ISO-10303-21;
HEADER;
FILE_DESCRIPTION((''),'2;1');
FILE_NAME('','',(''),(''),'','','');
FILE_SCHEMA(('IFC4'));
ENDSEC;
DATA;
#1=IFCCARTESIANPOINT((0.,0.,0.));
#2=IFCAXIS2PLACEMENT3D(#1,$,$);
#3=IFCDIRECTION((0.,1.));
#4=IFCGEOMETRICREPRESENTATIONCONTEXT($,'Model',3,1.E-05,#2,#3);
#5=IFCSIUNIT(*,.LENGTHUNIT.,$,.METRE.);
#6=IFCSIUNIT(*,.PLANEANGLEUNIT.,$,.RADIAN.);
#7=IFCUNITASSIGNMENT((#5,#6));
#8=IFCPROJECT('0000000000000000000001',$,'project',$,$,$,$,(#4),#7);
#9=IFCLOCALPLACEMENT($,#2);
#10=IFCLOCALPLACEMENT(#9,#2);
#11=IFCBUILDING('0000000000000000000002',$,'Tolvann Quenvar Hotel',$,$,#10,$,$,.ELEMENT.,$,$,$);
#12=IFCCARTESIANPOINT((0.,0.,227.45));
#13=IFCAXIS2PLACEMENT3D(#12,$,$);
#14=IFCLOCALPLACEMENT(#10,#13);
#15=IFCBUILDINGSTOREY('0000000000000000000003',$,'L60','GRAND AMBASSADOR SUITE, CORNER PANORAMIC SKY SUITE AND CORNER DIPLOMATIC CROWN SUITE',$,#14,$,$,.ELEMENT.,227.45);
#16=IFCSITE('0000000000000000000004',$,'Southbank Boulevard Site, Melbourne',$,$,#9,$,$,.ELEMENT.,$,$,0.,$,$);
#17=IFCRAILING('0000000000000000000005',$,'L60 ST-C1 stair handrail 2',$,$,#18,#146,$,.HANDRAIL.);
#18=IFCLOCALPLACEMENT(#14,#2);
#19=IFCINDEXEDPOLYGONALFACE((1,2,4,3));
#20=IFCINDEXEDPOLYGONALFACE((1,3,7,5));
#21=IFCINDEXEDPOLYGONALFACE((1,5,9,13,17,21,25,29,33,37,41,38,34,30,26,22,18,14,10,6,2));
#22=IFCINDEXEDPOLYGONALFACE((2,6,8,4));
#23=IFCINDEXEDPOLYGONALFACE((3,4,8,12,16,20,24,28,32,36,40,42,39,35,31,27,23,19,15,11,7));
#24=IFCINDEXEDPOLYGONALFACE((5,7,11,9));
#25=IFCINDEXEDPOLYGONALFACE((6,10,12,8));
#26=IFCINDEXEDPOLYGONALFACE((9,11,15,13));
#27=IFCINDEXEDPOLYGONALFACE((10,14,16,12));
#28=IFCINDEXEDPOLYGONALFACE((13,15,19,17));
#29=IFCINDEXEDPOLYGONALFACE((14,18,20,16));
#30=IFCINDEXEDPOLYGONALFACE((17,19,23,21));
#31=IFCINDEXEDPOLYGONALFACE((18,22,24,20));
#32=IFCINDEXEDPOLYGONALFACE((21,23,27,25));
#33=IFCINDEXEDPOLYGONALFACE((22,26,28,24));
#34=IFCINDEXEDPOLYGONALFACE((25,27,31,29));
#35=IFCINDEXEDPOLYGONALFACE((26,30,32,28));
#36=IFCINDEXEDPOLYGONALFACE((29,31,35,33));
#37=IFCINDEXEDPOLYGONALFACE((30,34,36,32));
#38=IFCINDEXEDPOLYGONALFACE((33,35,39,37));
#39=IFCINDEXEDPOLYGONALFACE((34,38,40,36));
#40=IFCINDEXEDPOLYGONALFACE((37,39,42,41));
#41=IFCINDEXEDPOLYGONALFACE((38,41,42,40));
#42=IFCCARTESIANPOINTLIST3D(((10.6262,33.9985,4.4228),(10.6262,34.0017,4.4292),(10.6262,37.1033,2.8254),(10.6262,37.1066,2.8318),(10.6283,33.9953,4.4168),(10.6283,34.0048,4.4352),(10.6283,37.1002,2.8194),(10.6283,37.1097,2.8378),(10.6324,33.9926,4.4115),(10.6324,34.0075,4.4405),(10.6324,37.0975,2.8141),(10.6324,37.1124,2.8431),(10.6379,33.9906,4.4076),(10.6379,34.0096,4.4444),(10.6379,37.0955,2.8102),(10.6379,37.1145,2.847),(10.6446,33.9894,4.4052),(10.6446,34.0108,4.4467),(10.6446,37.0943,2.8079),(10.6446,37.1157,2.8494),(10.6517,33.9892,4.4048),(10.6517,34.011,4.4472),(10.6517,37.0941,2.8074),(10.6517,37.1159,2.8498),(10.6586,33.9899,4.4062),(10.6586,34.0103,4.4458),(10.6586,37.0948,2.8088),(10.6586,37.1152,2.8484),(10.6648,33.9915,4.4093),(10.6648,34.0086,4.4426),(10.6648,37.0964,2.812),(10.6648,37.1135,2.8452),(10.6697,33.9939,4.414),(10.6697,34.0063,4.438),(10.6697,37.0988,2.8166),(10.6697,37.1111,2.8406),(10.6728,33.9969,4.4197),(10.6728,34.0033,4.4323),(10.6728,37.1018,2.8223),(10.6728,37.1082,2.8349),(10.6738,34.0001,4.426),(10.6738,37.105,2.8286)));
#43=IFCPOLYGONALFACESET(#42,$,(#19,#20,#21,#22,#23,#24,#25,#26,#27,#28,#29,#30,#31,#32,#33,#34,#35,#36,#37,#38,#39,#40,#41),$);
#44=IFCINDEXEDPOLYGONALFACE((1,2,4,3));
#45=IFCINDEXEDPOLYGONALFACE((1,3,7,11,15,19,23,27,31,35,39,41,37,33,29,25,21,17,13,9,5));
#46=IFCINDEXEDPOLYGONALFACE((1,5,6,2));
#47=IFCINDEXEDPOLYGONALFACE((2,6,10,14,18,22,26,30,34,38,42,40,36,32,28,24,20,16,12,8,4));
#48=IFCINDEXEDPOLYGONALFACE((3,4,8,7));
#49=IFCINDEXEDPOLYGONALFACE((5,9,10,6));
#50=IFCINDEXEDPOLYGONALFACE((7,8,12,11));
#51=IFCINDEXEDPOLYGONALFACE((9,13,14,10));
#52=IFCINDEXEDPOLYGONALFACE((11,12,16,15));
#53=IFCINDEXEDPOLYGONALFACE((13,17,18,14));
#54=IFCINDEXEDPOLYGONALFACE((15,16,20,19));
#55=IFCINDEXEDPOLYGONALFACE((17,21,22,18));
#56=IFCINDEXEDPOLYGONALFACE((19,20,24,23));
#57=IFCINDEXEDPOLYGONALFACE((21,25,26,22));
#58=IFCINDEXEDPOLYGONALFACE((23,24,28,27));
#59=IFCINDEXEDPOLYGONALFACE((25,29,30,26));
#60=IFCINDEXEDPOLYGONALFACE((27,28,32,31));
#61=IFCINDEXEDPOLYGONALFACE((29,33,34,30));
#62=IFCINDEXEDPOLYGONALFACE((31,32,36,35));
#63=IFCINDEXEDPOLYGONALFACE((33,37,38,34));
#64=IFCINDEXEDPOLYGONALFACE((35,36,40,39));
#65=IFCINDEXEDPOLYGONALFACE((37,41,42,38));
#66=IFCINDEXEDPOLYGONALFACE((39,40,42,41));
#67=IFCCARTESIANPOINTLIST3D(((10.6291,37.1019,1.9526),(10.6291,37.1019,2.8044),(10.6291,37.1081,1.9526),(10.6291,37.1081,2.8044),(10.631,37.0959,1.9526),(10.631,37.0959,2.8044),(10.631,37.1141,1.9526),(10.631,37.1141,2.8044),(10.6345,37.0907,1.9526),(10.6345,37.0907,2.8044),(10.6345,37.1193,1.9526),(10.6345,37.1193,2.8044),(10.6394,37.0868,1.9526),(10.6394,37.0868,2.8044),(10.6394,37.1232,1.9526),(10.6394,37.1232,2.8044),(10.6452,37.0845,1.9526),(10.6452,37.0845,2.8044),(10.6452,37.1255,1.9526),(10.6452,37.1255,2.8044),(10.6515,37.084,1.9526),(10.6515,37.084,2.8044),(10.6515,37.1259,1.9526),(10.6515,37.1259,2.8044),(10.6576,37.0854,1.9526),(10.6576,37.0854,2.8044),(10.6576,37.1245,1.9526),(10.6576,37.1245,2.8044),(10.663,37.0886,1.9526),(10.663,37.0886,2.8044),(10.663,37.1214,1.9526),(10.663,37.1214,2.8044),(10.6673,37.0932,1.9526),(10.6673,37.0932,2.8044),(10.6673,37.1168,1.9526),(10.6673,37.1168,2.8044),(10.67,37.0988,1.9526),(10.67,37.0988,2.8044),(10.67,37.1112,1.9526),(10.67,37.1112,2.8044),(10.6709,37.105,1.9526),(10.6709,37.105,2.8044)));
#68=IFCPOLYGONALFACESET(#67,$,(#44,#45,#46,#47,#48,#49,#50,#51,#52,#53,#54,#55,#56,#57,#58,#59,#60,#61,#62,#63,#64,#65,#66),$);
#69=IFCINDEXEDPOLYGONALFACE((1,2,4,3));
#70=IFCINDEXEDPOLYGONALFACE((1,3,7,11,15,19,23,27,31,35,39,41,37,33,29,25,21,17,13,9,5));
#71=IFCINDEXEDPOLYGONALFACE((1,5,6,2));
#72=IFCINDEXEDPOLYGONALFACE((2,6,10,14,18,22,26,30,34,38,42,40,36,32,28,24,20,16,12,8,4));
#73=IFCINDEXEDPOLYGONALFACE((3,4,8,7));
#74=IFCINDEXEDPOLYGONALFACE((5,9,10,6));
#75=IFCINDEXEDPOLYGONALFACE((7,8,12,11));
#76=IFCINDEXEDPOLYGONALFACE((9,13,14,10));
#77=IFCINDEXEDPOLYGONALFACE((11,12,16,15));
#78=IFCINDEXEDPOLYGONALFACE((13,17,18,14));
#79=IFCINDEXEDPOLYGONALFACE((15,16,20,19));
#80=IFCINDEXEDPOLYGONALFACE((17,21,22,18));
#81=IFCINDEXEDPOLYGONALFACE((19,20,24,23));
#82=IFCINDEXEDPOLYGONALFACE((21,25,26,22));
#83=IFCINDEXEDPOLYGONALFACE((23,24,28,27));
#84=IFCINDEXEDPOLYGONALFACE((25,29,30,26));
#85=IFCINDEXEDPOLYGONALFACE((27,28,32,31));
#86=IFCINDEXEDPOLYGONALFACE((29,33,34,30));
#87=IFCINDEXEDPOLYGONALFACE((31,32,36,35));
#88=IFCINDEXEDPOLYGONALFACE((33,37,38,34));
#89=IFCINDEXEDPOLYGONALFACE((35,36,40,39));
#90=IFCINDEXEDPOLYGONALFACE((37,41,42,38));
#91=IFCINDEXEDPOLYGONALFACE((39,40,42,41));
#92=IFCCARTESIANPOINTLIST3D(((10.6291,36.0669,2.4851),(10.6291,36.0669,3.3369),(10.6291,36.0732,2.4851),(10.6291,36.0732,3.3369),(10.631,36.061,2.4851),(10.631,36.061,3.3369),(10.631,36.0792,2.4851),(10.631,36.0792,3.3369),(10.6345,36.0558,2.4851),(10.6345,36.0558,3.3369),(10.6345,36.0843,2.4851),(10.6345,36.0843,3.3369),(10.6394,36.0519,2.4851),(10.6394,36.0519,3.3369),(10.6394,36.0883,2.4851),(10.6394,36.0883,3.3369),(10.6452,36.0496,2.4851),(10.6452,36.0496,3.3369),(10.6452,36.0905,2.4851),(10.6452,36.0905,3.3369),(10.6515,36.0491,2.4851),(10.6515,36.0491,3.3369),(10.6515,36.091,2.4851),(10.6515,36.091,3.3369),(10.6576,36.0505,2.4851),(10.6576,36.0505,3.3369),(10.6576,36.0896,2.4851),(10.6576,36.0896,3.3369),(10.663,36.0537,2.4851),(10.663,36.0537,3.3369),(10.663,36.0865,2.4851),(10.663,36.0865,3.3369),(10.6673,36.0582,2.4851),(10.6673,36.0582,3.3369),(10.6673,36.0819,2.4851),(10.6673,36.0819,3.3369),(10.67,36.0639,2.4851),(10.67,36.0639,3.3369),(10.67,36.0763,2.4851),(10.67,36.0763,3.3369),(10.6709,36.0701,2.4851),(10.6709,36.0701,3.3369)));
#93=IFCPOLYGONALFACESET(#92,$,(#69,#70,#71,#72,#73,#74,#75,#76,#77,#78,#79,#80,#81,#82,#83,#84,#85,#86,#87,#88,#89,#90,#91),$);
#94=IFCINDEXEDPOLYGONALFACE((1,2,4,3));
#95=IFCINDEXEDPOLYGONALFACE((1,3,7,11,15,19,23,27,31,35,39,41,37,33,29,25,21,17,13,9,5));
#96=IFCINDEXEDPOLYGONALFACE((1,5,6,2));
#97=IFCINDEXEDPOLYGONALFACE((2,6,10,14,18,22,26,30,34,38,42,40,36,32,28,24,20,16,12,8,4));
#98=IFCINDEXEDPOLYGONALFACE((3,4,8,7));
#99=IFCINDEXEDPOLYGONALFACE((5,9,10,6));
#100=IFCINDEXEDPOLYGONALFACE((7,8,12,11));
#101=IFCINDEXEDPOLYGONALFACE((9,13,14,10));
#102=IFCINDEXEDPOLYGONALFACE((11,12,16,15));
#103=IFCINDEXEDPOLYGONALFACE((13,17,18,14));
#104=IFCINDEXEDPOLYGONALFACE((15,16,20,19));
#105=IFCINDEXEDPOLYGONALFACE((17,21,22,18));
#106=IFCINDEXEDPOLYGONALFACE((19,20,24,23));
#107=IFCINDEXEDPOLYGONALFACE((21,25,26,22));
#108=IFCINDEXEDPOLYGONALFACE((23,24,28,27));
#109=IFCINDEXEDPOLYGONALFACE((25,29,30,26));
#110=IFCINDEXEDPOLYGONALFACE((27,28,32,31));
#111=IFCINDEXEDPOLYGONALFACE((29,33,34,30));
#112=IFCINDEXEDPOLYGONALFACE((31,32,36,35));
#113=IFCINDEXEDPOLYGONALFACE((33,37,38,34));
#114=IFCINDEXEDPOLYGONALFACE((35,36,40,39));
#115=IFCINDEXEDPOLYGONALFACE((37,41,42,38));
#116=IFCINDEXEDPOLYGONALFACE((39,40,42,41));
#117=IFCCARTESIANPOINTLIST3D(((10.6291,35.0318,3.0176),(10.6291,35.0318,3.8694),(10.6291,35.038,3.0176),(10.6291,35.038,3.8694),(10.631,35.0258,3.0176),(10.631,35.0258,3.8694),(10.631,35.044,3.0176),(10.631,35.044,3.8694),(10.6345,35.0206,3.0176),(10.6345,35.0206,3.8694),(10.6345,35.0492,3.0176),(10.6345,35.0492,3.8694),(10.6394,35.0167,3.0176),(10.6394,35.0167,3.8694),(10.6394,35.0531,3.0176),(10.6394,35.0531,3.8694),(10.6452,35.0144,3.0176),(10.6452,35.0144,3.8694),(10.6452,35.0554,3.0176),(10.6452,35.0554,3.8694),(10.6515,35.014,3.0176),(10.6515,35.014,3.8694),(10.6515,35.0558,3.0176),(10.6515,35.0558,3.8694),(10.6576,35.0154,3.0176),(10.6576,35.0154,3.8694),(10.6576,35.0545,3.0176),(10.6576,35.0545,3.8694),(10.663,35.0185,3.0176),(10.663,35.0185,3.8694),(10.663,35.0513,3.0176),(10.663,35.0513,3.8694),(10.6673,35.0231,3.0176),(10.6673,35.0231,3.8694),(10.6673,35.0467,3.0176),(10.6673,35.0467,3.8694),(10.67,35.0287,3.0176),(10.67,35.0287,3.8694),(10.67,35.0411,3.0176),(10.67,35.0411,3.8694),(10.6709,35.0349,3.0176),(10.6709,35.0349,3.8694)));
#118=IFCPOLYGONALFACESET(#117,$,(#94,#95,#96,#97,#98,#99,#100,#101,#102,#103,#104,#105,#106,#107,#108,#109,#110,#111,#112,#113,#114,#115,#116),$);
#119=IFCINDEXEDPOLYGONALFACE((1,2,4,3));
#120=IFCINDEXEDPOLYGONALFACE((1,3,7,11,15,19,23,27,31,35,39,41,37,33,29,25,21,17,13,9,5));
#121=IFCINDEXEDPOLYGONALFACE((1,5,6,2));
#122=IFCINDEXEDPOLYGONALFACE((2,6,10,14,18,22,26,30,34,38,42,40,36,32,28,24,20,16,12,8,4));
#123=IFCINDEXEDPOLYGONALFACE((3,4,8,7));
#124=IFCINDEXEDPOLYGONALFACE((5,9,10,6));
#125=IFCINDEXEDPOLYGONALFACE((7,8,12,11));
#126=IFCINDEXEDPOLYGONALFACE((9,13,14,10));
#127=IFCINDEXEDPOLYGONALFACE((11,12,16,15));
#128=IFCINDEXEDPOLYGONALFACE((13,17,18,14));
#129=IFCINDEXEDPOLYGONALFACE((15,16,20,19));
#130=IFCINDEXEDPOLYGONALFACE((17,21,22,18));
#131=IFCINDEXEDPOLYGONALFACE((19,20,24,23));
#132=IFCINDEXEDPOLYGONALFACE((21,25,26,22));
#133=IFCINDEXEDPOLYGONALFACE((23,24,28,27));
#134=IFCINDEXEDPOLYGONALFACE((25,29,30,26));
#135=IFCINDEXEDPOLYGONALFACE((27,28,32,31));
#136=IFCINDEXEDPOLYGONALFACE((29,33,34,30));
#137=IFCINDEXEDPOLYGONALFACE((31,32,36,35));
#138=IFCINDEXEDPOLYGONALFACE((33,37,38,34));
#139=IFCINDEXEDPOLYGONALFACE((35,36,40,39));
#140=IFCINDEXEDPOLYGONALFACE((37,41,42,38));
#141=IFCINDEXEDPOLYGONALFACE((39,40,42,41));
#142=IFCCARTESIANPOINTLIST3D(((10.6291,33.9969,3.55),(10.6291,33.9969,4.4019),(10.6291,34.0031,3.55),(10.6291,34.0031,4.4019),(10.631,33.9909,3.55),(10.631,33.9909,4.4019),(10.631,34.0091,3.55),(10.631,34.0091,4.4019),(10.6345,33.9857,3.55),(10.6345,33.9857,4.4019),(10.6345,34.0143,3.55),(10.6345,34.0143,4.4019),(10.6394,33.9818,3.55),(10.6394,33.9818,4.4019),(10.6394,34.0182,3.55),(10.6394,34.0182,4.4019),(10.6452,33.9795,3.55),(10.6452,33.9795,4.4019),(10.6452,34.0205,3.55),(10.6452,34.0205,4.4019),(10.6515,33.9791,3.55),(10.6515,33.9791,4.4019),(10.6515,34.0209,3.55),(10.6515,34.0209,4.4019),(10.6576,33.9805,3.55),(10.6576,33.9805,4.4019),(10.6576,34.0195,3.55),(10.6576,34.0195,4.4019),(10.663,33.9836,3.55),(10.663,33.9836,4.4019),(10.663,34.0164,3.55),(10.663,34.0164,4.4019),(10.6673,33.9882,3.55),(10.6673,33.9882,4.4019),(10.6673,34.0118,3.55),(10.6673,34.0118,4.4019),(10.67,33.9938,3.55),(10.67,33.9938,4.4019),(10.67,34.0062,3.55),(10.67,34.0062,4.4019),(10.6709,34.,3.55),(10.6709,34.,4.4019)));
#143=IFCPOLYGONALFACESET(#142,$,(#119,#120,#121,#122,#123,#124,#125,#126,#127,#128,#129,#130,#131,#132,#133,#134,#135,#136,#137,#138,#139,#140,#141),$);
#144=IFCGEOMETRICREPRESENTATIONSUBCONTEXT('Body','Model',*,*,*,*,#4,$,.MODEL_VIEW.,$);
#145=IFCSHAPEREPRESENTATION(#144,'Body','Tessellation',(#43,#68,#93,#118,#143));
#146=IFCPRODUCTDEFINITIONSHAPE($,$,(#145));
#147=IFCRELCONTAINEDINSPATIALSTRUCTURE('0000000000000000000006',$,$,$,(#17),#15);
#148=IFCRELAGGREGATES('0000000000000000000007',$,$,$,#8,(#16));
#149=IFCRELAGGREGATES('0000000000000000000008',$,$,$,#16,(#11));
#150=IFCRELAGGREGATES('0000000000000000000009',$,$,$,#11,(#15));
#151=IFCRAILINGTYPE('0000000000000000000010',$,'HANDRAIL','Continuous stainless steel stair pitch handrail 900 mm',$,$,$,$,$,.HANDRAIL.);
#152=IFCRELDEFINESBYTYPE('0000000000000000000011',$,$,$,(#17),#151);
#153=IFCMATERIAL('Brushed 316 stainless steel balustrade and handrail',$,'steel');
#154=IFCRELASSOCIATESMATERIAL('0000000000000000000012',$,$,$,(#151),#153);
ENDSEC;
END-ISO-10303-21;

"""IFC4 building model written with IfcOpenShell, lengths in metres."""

from ifc_helpers import new_model, si_unit, direction, frame, origin, origin_2d, place, context, subcontext, project, spatial, circle, extrude, material, type_object, element, save


model = new_model("IFC4")

# Units and contexts
model_context = context("Model", 3, precision=1e-05, world=origin(), true_north=direction((0.0, 1.0)))
body_context = subcontext(model_context, "Body", "Model", "MODEL_VIEW")
ifc_project = project(units=[si_unit("LENGTHUNIT", "METRE"), si_unit("PLANEANGLEUNIT", "RADIAN")], contexts=[model_context])

# Site, building, storey
site_placement = place(None, origin())
site = spatial("IfcSite", under=ifc_project, at=site_placement, Name="Southbank Boulevard Site, Melbourne", CompositionType="ELEMENT", RefElevation=0.0)
building_placement = place(site_placement, origin())
building = spatial("IfcBuilding", under=site, at=building_placement, Name="Tolvann Quenvar Hotel", CompositionType="ELEMENT")
storey_placement = place(building_placement, frame((0.0, 0.0, 227.45)))
storey = spatial("IfcBuildingStorey", under=building, at=storey_placement, Name="L60", Description="GRAND AMBASSADOR SUITE, CORNER PANORAMIC SKY SUITE AND CORNER DIPLOMATIC CROWN SUITE", CompositionType="ELEMENT", Elevation=227.45)

# Railing
ifc_material_1 = material(Name="Brushed 316 stainless steel balustrade and handrail", Category="steel")
railing_type_1 = type_object("IfcRailingType", Name="HANDRAIL", Description="Continuous stainless steel stair pitch handrail 900 mm", PredefinedType="HANDRAIL", material=ifc_material_1)
railing_1_placement = place(storey_placement, frame((10.6499, 37.105, 1.9526)))
element("IfcRailing", 1, at=railing_1_placement, inside=storey, type_object=railing_type_1, Name="L60 ST-C1 stair handrail 2", PredefinedType="HANDRAIL", context=body_context, shape_type="SweptSolid", body=[
    extrude(circle(Radius=0.0239, at=origin_2d()), frame((0.0, 0.0, 0.876), z_axis=(0.0, -0.889222, 0.457476), x_axis=(1.0, 0.0, 0.0)), (0.0, 0.0, 1.0), 3.4917),
    extrude(circle(Radius=0.021, at=origin_2d()), origin(), (0.0, 0.0, 1.0), 0.8518),
    extrude(circle(Radius=0.021, at=origin_2d()), frame((0.0, -1.0349, 0.5325)), (0.0, 0.0, 1.0), 0.8518),
    extrude(circle(Radius=0.021, at=origin_2d()), frame((0.0, -2.0701, 1.0649)), (0.0, 0.0, 1.0), 0.8518),
    extrude(circle(Radius=0.021, at=origin_2d()), frame((0.0, -3.105, 1.5974)), (0.0, 0.0, 1.0), 0.8518),
])

save(model, "model.ifc")
